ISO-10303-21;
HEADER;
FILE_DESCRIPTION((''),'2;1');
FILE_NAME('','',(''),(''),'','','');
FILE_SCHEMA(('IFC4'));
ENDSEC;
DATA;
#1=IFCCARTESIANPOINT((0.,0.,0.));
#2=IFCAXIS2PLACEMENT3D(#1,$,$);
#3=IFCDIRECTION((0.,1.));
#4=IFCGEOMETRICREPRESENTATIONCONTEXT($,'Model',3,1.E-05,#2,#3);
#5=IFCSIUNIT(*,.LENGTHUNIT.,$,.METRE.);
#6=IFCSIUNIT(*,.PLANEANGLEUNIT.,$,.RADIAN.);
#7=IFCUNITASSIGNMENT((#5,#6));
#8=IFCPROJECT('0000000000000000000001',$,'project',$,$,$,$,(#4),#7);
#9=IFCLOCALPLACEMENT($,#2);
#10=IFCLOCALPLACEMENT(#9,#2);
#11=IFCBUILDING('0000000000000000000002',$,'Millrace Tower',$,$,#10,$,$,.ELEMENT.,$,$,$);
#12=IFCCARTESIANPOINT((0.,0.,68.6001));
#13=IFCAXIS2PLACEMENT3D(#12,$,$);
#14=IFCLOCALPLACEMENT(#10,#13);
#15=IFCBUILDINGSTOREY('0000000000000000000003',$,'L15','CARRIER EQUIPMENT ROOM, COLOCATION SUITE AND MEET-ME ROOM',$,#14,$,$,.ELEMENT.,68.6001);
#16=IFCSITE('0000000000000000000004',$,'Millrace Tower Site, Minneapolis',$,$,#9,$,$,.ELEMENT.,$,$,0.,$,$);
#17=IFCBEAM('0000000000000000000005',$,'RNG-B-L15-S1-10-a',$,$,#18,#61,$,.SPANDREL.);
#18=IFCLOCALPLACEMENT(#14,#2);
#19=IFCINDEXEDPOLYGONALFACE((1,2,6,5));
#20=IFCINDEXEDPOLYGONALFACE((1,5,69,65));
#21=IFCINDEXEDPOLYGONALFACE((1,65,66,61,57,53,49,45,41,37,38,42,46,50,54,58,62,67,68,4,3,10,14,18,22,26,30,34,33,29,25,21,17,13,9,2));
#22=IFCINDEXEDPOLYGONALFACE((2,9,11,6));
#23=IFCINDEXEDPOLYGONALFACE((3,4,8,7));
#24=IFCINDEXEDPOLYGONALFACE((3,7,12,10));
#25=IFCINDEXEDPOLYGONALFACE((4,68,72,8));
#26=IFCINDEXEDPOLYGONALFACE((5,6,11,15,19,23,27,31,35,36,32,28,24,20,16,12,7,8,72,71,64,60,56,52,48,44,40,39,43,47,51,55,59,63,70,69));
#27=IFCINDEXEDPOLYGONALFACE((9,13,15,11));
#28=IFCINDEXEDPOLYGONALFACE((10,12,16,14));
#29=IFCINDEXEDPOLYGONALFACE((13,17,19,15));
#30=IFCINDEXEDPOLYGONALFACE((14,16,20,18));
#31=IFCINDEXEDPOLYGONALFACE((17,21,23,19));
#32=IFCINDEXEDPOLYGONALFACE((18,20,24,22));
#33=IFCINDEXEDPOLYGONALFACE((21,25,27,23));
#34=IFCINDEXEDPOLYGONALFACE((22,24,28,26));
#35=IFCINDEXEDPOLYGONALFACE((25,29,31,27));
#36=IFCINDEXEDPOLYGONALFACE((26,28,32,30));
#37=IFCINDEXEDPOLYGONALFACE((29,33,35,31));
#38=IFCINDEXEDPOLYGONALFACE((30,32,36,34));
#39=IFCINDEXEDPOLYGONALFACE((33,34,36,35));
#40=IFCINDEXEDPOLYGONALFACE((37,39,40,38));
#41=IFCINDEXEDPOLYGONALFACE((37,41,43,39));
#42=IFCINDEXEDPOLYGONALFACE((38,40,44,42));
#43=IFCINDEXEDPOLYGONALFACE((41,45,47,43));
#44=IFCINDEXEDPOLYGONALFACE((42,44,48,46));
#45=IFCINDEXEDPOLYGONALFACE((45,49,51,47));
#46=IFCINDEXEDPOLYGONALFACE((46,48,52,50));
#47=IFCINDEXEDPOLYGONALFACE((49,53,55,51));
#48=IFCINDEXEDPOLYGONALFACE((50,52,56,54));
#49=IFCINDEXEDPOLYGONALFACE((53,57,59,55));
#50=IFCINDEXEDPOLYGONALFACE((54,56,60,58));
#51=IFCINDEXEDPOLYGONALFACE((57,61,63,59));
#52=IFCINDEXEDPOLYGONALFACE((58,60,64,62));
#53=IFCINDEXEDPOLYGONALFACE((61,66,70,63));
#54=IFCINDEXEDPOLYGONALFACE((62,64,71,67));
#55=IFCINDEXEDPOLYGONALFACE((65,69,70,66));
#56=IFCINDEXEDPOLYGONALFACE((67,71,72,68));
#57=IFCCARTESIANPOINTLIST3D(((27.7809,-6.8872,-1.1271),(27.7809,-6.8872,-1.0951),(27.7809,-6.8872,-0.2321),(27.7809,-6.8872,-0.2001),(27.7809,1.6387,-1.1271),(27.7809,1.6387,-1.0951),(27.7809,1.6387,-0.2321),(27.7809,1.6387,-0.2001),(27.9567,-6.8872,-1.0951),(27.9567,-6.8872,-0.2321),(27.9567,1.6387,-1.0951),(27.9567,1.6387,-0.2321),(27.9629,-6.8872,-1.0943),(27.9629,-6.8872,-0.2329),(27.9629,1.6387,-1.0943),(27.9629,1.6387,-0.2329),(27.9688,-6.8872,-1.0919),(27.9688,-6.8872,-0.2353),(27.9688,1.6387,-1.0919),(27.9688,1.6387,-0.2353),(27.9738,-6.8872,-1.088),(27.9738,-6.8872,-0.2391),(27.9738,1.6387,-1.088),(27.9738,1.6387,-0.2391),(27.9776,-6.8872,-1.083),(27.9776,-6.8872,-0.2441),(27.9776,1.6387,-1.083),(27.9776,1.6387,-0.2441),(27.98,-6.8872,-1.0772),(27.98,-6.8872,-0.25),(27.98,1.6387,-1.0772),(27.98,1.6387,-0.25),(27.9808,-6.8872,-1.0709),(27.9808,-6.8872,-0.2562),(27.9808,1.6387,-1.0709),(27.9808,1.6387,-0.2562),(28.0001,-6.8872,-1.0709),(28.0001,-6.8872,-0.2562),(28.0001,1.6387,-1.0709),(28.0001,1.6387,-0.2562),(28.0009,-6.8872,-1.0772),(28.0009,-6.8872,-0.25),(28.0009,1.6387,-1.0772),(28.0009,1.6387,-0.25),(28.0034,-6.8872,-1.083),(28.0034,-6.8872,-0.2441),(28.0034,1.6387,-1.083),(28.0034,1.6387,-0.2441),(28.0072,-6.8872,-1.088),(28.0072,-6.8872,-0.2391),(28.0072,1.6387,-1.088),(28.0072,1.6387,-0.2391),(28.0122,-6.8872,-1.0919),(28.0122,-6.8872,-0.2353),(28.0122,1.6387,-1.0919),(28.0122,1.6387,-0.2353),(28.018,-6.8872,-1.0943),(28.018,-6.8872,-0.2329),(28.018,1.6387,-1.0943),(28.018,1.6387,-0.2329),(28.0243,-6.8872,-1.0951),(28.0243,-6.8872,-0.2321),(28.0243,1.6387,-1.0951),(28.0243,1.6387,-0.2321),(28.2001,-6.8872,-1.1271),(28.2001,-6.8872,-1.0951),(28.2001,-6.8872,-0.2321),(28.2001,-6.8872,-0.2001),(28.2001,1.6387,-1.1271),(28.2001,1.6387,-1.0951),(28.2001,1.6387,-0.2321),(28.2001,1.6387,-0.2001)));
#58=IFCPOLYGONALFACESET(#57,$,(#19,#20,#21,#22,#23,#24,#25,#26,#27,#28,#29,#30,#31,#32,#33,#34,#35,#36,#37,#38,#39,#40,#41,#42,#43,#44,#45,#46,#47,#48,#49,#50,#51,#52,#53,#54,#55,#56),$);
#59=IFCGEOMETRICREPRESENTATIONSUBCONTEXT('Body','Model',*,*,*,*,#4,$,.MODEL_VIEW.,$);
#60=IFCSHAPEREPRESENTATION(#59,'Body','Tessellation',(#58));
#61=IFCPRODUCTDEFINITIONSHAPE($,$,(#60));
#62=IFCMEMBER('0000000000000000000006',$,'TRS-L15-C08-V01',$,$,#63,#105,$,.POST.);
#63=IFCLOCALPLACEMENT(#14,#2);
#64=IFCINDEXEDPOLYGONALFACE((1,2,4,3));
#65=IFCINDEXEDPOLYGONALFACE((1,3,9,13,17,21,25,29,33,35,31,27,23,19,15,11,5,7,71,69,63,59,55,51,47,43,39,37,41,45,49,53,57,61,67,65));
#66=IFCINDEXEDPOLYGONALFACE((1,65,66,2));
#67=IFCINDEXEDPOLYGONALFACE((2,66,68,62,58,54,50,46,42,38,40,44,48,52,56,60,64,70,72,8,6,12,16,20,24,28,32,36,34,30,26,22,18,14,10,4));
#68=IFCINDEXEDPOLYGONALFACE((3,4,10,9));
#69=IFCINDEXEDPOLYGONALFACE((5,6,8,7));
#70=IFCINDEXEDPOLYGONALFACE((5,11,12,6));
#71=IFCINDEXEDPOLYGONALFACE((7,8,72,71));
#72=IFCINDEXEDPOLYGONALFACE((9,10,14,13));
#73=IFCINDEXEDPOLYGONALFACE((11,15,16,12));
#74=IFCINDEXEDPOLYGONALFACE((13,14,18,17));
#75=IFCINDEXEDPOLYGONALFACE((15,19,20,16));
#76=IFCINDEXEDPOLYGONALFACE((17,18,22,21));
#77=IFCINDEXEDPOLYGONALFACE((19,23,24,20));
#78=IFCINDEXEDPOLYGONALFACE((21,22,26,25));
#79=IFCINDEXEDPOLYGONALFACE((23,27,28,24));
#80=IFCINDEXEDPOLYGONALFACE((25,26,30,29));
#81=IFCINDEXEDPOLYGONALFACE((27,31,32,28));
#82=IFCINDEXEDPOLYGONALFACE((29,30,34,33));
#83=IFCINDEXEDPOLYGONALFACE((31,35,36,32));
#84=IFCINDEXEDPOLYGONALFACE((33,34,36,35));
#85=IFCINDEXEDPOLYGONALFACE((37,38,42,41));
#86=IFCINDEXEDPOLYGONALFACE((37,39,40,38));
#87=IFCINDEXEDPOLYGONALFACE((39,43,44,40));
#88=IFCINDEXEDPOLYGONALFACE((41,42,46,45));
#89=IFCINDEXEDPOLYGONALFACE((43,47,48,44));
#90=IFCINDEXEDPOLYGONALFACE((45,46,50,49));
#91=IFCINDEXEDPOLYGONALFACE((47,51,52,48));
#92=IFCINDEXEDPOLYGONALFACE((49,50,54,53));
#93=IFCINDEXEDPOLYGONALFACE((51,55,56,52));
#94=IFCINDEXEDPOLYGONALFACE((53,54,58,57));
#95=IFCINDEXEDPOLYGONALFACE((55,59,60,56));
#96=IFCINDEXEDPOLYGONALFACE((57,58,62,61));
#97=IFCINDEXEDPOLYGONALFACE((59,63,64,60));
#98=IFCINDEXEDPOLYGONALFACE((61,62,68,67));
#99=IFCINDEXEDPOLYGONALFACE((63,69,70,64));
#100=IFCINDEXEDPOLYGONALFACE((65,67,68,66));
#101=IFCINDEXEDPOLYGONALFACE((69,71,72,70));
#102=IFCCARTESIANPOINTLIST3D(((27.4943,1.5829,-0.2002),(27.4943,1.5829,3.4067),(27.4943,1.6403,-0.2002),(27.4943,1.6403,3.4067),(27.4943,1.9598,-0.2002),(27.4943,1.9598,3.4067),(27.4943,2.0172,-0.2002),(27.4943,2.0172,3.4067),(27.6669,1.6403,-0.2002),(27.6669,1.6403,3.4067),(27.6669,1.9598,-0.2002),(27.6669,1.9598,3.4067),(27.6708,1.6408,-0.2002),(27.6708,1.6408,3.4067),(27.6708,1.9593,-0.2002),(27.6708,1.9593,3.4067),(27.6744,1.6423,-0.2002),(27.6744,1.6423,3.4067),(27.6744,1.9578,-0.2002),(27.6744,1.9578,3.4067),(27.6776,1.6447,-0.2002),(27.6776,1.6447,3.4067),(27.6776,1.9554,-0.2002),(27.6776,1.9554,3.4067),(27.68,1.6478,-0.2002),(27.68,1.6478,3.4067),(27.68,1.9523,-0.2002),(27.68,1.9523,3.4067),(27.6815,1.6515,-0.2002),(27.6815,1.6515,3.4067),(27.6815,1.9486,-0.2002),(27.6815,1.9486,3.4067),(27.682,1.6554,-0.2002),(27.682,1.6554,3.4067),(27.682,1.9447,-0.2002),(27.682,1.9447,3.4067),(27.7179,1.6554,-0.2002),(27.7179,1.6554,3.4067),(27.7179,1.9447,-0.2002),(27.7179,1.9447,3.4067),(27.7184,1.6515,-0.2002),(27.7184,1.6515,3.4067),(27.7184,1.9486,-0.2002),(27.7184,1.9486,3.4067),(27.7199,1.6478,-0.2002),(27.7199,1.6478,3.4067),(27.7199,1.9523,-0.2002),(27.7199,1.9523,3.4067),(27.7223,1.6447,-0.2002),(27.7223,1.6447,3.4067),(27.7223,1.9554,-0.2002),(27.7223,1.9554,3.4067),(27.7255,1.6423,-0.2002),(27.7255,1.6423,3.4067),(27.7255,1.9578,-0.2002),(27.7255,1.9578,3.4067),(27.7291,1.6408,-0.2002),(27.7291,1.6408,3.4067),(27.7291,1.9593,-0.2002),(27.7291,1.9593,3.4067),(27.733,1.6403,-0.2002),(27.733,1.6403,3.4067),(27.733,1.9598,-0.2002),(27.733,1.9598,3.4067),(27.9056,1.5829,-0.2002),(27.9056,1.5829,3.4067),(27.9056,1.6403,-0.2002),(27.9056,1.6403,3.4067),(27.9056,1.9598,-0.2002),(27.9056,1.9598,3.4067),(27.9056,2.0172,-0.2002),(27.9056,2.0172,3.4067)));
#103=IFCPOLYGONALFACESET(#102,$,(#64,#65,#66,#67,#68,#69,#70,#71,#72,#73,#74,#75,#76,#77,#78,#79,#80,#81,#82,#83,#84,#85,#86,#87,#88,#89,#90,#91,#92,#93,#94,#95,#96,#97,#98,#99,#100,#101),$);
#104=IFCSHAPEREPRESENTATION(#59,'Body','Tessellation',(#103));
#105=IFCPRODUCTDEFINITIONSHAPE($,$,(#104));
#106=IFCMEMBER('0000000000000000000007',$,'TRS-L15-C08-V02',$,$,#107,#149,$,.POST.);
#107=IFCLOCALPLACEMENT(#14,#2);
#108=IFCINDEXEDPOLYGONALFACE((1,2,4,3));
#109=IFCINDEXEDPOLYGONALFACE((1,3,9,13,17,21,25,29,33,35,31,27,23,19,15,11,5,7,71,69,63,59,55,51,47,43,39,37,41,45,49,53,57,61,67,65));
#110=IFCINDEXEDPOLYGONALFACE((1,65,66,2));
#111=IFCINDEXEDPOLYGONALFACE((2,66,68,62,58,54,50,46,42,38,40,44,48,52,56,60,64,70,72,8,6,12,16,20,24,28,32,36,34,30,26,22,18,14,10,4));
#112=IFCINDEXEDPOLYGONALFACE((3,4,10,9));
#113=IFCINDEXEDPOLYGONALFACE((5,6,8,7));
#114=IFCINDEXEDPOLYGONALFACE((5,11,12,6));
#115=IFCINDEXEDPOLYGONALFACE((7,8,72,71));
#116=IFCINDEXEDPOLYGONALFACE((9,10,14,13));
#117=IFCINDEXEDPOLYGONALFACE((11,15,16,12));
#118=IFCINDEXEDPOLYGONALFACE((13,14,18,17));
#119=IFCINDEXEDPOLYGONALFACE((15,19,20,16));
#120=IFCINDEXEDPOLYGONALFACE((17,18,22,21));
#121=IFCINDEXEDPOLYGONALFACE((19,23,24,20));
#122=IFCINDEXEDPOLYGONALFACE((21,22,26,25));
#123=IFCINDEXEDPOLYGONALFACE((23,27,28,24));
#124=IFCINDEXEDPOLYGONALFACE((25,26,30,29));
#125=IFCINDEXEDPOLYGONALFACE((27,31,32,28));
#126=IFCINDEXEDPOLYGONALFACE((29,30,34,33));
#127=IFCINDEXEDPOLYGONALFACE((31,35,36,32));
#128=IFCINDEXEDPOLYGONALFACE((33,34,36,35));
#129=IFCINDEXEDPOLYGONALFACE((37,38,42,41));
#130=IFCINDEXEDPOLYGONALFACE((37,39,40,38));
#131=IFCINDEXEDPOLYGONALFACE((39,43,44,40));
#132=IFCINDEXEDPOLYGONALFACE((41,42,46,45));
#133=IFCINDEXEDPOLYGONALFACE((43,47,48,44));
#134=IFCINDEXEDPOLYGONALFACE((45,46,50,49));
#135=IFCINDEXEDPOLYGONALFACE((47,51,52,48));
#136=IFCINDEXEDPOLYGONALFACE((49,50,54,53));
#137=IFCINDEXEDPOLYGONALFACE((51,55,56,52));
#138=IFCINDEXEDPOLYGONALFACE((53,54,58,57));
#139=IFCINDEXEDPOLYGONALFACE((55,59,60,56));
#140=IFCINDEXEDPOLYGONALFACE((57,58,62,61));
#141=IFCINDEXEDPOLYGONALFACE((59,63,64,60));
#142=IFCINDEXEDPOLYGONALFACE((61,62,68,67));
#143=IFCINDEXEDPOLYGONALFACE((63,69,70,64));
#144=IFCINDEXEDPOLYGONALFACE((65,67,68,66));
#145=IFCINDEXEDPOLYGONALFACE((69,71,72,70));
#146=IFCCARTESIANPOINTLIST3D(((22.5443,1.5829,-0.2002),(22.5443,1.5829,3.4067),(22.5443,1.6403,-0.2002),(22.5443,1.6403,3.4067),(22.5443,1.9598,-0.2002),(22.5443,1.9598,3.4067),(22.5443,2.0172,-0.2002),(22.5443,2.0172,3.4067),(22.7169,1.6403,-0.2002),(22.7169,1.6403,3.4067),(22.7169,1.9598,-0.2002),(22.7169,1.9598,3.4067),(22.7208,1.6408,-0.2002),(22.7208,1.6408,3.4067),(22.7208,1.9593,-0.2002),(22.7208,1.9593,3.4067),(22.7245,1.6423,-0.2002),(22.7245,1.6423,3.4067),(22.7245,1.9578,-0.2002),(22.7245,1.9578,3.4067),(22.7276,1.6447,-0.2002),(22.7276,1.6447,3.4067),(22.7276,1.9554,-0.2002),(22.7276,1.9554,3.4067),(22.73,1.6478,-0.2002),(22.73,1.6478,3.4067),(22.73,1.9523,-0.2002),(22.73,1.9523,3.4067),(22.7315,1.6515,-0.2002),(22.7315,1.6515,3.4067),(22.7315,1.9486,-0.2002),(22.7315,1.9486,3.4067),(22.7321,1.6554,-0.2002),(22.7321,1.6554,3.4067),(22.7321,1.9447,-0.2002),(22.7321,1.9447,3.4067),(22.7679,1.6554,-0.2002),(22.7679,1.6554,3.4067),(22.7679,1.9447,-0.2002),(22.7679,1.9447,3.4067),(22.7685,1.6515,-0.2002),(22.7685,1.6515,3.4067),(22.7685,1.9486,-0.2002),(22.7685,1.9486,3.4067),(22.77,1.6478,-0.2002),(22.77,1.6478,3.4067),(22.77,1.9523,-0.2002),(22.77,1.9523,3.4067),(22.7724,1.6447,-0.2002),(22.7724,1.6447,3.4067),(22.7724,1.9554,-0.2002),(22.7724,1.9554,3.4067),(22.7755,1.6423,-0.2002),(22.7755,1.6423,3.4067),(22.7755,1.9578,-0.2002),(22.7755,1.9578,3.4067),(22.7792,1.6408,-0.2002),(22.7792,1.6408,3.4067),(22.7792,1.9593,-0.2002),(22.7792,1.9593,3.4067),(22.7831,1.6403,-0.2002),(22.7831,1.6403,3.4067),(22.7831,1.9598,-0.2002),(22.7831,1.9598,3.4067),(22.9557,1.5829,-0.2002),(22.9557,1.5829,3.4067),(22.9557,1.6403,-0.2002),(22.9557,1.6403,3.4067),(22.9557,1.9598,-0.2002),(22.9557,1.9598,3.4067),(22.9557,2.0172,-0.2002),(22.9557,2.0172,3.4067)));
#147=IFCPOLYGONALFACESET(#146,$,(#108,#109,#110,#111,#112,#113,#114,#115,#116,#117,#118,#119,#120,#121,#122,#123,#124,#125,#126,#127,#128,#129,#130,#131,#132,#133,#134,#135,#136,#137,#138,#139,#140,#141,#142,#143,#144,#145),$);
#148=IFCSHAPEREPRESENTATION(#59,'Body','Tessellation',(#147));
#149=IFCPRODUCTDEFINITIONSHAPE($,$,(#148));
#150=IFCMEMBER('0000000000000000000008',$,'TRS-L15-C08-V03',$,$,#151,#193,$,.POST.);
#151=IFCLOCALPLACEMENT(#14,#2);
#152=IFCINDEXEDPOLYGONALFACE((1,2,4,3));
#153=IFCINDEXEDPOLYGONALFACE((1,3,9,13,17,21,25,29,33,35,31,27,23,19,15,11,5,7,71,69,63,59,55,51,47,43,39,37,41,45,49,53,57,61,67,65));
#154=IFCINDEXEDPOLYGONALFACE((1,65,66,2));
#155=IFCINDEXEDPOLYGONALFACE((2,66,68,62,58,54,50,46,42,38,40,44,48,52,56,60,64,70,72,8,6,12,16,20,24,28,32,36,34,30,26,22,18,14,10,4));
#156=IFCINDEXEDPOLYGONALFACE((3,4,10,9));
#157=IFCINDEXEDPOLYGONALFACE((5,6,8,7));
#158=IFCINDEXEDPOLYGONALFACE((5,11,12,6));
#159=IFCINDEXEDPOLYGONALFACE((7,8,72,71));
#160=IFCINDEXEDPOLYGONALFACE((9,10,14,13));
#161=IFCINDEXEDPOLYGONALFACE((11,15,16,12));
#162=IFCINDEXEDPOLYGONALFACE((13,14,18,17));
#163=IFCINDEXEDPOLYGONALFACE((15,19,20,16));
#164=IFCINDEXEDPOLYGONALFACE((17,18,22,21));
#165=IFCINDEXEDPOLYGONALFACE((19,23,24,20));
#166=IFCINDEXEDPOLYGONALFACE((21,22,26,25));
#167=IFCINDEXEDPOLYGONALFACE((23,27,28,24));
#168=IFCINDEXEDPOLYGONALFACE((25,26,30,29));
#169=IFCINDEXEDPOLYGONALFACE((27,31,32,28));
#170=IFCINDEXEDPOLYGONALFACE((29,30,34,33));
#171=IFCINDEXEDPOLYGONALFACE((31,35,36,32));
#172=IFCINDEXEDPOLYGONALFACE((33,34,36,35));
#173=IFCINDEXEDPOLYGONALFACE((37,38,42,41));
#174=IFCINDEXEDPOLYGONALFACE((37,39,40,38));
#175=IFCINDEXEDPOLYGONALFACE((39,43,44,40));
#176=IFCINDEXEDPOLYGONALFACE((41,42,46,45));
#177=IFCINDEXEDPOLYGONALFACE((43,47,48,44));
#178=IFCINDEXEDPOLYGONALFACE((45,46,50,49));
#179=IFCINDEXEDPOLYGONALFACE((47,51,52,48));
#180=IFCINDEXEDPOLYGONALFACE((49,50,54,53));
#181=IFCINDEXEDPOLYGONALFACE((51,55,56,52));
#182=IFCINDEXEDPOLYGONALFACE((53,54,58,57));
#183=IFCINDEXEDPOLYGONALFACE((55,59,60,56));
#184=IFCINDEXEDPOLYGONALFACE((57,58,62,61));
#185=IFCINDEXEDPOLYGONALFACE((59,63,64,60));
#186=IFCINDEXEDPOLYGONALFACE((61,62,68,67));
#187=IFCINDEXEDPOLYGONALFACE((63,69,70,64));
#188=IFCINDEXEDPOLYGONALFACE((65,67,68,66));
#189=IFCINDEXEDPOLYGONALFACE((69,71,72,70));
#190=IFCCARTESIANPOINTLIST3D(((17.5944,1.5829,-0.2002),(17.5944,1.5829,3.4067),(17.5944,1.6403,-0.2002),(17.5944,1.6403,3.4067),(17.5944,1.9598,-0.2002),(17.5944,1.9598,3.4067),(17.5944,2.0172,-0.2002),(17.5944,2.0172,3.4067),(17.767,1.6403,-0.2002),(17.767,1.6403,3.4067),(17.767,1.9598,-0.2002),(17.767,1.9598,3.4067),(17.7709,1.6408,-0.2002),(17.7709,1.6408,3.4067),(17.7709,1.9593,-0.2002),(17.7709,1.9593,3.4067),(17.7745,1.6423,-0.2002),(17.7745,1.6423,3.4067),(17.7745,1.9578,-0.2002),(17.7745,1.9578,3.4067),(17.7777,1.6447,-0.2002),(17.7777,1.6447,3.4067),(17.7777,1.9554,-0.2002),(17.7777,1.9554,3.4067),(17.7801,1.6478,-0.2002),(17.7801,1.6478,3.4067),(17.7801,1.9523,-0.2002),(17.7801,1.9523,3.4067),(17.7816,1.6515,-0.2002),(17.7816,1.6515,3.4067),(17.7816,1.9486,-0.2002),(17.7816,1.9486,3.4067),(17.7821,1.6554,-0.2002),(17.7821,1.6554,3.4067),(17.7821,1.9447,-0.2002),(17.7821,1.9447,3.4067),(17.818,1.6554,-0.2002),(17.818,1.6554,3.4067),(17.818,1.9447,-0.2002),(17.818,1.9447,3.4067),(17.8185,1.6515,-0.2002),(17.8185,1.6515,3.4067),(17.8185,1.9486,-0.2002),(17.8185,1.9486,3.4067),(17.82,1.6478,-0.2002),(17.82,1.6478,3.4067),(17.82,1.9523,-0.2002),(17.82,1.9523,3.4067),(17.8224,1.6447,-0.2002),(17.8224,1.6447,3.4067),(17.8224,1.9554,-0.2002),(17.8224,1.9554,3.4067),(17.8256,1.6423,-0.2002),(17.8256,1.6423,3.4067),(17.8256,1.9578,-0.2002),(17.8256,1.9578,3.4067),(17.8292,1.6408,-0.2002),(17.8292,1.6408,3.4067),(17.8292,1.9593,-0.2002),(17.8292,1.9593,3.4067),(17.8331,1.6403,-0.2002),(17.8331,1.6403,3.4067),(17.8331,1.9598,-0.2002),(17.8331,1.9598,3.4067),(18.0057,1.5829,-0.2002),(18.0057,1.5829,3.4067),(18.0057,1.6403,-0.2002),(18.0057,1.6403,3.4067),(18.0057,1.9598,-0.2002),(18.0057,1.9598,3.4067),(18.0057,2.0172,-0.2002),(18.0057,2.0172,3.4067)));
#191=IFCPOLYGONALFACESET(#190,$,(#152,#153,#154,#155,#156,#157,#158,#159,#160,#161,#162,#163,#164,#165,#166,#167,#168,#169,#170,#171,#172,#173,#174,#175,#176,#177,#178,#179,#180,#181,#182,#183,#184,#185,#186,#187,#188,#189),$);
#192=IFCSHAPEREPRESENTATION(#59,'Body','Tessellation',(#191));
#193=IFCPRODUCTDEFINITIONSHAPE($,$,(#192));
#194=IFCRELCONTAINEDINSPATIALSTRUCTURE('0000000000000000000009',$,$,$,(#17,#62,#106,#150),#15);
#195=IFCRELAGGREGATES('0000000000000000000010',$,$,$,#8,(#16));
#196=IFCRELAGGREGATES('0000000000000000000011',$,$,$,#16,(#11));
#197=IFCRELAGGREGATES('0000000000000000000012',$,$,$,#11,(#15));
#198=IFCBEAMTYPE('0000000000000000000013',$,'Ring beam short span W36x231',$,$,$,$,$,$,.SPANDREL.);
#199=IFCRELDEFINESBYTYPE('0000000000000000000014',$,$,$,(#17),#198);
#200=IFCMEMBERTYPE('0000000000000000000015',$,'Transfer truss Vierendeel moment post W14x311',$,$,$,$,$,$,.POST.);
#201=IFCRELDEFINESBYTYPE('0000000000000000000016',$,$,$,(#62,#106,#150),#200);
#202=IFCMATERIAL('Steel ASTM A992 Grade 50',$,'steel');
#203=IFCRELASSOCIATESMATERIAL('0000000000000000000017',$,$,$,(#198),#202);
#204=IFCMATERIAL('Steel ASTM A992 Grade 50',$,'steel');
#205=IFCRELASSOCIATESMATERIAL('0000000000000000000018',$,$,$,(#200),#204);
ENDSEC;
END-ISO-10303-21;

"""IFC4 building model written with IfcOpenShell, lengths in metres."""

from ifc_helpers import new_model, si_unit, direction, frame, origin, origin_2d, place, context, subcontext, project, spatial, i_section, extrude, material, material_profile, profile_set, type_object, element, save


model = new_model("IFC4")

# Units and contexts
model_context = context("Model", 3, precision=1e-05, world=origin(), true_north=direction((0.0, 1.0)))
body_context = subcontext(model_context, "Body", "Model", "MODEL_VIEW")
ifc_project = project(units=[si_unit("LENGTHUNIT", "METRE"), si_unit("PLANEANGLEUNIT", "RADIAN")], contexts=[model_context])

# Site, building, storey
site_placement = place(None, origin())
site = spatial("IfcSite", under=ifc_project, at=site_placement, Name="Millrace Tower Site, Minneapolis", CompositionType="ELEMENT", RefElevation=0.0)
building_placement = place(site_placement, origin())
building = spatial("IfcBuilding", under=site, at=building_placement, Name="Millrace Tower", CompositionType="ELEMENT")
storey_placement = place(building_placement, frame((0.0, 0.0, 68.6001)))
storey = spatial("IfcBuildingStorey", under=building, at=storey_placement, Name="L15", Description="CARRIER EQUIPMENT ROOM, COLOCATION SUITE AND MEET-ME ROOM", CompositionType="ELEMENT", Elevation=68.6001)

# Beam
ifc_material_1 = material(Name="Steel ASTM A992 Grade 50", Category="steel")
ifc_material_profile_1 = material_profile(ifc_material_1, i_section(OverallWidth=0.4192, OverallDepth=0.927, WebThickness=0.0193, FlangeThickness=0.032, FilletRadius=0.0242, at=origin_2d()))
ifc_profile_set_1 = profile_set([ifc_material_profile_1], Name="Steel ASTM A992 Grade 50")
beam_type_1 = type_object("IfcBeamType", Name="Ring beam short span W36x231", PredefinedType="SPANDREL", material=ifc_profile_set_1)
beam_1_placement = place(storey_placement, frame((27.9905, 1.6387, -0.6636), z_axis=(0.0, -1.0, 0.0), x_axis=(1.0, 0.0, 0.0)))
element("IfcBeam", 1, at=beam_1_placement, inside=storey, type_object=beam_type_1, Name="RNG-B-L15-S1-10-a", PredefinedType="SPANDREL", context=body_context, shape_type="SweptSolid", body=[
    extrude(i_section(OverallWidth=0.4192, OverallDepth=0.927, WebThickness=0.0193, FlangeThickness=0.032, FilletRadius=0.0242, at=origin_2d()), origin(), (0.0, 0.0, 1.0), 8.5259),
])

# Members
ifc_material_2 = material(Name="Steel ASTM A992 Grade 50", Category="steel")
ifc_material_profile_2 = material_profile(ifc_material_2, i_section(OverallWidth=0.4114, OverallDepth=0.4343, WebThickness=0.0359, FlangeThickness=0.0574, FilletRadius=0.0151, at=origin_2d()))
ifc_profile_set_2 = profile_set([ifc_material_profile_2], Name="Steel ASTM A992 Grade 50")
member_type_1 = type_object("IfcMemberType", Name="Transfer truss Vierendeel moment post W14x311", PredefinedType="POST", material=ifc_profile_set_2)
for number, where, z_axis, x_axis, name in (
    (2, (27.7, 1.8, -0.2002), (0.0, 0.0, 1.0), (1.0, 0.0, 0.0), "TRS-L15-C08-V01"),
    (3, (22.75, 1.8, -0.2002), (0.0, 0.0, 1.0), (1.0, 0.0, 0.0), "TRS-L15-C08-V02"),
    (4, (17.8, 1.8, -0.2002), (0.0, 0.0, 1.0), (1.0, 0.0, 0.0), "TRS-L15-C08-V03"),
):
    element("IfcMember", number, at=place(storey_placement, frame(where, z_axis=z_axis, x_axis=x_axis)), inside=storey, type_object=member_type_1, Name=name, PredefinedType="POST", context=body_context, shape_type="SweptSolid", body=[
        extrude(i_section(OverallWidth=0.4114, OverallDepth=0.4343, WebThickness=0.0359, FlangeThickness=0.0574, FilletRadius=0.0151, at=origin_2d()), origin(), (0.0, 0.0, 1.0), 3.6069),
    ])

save(model, "model.ifc")
